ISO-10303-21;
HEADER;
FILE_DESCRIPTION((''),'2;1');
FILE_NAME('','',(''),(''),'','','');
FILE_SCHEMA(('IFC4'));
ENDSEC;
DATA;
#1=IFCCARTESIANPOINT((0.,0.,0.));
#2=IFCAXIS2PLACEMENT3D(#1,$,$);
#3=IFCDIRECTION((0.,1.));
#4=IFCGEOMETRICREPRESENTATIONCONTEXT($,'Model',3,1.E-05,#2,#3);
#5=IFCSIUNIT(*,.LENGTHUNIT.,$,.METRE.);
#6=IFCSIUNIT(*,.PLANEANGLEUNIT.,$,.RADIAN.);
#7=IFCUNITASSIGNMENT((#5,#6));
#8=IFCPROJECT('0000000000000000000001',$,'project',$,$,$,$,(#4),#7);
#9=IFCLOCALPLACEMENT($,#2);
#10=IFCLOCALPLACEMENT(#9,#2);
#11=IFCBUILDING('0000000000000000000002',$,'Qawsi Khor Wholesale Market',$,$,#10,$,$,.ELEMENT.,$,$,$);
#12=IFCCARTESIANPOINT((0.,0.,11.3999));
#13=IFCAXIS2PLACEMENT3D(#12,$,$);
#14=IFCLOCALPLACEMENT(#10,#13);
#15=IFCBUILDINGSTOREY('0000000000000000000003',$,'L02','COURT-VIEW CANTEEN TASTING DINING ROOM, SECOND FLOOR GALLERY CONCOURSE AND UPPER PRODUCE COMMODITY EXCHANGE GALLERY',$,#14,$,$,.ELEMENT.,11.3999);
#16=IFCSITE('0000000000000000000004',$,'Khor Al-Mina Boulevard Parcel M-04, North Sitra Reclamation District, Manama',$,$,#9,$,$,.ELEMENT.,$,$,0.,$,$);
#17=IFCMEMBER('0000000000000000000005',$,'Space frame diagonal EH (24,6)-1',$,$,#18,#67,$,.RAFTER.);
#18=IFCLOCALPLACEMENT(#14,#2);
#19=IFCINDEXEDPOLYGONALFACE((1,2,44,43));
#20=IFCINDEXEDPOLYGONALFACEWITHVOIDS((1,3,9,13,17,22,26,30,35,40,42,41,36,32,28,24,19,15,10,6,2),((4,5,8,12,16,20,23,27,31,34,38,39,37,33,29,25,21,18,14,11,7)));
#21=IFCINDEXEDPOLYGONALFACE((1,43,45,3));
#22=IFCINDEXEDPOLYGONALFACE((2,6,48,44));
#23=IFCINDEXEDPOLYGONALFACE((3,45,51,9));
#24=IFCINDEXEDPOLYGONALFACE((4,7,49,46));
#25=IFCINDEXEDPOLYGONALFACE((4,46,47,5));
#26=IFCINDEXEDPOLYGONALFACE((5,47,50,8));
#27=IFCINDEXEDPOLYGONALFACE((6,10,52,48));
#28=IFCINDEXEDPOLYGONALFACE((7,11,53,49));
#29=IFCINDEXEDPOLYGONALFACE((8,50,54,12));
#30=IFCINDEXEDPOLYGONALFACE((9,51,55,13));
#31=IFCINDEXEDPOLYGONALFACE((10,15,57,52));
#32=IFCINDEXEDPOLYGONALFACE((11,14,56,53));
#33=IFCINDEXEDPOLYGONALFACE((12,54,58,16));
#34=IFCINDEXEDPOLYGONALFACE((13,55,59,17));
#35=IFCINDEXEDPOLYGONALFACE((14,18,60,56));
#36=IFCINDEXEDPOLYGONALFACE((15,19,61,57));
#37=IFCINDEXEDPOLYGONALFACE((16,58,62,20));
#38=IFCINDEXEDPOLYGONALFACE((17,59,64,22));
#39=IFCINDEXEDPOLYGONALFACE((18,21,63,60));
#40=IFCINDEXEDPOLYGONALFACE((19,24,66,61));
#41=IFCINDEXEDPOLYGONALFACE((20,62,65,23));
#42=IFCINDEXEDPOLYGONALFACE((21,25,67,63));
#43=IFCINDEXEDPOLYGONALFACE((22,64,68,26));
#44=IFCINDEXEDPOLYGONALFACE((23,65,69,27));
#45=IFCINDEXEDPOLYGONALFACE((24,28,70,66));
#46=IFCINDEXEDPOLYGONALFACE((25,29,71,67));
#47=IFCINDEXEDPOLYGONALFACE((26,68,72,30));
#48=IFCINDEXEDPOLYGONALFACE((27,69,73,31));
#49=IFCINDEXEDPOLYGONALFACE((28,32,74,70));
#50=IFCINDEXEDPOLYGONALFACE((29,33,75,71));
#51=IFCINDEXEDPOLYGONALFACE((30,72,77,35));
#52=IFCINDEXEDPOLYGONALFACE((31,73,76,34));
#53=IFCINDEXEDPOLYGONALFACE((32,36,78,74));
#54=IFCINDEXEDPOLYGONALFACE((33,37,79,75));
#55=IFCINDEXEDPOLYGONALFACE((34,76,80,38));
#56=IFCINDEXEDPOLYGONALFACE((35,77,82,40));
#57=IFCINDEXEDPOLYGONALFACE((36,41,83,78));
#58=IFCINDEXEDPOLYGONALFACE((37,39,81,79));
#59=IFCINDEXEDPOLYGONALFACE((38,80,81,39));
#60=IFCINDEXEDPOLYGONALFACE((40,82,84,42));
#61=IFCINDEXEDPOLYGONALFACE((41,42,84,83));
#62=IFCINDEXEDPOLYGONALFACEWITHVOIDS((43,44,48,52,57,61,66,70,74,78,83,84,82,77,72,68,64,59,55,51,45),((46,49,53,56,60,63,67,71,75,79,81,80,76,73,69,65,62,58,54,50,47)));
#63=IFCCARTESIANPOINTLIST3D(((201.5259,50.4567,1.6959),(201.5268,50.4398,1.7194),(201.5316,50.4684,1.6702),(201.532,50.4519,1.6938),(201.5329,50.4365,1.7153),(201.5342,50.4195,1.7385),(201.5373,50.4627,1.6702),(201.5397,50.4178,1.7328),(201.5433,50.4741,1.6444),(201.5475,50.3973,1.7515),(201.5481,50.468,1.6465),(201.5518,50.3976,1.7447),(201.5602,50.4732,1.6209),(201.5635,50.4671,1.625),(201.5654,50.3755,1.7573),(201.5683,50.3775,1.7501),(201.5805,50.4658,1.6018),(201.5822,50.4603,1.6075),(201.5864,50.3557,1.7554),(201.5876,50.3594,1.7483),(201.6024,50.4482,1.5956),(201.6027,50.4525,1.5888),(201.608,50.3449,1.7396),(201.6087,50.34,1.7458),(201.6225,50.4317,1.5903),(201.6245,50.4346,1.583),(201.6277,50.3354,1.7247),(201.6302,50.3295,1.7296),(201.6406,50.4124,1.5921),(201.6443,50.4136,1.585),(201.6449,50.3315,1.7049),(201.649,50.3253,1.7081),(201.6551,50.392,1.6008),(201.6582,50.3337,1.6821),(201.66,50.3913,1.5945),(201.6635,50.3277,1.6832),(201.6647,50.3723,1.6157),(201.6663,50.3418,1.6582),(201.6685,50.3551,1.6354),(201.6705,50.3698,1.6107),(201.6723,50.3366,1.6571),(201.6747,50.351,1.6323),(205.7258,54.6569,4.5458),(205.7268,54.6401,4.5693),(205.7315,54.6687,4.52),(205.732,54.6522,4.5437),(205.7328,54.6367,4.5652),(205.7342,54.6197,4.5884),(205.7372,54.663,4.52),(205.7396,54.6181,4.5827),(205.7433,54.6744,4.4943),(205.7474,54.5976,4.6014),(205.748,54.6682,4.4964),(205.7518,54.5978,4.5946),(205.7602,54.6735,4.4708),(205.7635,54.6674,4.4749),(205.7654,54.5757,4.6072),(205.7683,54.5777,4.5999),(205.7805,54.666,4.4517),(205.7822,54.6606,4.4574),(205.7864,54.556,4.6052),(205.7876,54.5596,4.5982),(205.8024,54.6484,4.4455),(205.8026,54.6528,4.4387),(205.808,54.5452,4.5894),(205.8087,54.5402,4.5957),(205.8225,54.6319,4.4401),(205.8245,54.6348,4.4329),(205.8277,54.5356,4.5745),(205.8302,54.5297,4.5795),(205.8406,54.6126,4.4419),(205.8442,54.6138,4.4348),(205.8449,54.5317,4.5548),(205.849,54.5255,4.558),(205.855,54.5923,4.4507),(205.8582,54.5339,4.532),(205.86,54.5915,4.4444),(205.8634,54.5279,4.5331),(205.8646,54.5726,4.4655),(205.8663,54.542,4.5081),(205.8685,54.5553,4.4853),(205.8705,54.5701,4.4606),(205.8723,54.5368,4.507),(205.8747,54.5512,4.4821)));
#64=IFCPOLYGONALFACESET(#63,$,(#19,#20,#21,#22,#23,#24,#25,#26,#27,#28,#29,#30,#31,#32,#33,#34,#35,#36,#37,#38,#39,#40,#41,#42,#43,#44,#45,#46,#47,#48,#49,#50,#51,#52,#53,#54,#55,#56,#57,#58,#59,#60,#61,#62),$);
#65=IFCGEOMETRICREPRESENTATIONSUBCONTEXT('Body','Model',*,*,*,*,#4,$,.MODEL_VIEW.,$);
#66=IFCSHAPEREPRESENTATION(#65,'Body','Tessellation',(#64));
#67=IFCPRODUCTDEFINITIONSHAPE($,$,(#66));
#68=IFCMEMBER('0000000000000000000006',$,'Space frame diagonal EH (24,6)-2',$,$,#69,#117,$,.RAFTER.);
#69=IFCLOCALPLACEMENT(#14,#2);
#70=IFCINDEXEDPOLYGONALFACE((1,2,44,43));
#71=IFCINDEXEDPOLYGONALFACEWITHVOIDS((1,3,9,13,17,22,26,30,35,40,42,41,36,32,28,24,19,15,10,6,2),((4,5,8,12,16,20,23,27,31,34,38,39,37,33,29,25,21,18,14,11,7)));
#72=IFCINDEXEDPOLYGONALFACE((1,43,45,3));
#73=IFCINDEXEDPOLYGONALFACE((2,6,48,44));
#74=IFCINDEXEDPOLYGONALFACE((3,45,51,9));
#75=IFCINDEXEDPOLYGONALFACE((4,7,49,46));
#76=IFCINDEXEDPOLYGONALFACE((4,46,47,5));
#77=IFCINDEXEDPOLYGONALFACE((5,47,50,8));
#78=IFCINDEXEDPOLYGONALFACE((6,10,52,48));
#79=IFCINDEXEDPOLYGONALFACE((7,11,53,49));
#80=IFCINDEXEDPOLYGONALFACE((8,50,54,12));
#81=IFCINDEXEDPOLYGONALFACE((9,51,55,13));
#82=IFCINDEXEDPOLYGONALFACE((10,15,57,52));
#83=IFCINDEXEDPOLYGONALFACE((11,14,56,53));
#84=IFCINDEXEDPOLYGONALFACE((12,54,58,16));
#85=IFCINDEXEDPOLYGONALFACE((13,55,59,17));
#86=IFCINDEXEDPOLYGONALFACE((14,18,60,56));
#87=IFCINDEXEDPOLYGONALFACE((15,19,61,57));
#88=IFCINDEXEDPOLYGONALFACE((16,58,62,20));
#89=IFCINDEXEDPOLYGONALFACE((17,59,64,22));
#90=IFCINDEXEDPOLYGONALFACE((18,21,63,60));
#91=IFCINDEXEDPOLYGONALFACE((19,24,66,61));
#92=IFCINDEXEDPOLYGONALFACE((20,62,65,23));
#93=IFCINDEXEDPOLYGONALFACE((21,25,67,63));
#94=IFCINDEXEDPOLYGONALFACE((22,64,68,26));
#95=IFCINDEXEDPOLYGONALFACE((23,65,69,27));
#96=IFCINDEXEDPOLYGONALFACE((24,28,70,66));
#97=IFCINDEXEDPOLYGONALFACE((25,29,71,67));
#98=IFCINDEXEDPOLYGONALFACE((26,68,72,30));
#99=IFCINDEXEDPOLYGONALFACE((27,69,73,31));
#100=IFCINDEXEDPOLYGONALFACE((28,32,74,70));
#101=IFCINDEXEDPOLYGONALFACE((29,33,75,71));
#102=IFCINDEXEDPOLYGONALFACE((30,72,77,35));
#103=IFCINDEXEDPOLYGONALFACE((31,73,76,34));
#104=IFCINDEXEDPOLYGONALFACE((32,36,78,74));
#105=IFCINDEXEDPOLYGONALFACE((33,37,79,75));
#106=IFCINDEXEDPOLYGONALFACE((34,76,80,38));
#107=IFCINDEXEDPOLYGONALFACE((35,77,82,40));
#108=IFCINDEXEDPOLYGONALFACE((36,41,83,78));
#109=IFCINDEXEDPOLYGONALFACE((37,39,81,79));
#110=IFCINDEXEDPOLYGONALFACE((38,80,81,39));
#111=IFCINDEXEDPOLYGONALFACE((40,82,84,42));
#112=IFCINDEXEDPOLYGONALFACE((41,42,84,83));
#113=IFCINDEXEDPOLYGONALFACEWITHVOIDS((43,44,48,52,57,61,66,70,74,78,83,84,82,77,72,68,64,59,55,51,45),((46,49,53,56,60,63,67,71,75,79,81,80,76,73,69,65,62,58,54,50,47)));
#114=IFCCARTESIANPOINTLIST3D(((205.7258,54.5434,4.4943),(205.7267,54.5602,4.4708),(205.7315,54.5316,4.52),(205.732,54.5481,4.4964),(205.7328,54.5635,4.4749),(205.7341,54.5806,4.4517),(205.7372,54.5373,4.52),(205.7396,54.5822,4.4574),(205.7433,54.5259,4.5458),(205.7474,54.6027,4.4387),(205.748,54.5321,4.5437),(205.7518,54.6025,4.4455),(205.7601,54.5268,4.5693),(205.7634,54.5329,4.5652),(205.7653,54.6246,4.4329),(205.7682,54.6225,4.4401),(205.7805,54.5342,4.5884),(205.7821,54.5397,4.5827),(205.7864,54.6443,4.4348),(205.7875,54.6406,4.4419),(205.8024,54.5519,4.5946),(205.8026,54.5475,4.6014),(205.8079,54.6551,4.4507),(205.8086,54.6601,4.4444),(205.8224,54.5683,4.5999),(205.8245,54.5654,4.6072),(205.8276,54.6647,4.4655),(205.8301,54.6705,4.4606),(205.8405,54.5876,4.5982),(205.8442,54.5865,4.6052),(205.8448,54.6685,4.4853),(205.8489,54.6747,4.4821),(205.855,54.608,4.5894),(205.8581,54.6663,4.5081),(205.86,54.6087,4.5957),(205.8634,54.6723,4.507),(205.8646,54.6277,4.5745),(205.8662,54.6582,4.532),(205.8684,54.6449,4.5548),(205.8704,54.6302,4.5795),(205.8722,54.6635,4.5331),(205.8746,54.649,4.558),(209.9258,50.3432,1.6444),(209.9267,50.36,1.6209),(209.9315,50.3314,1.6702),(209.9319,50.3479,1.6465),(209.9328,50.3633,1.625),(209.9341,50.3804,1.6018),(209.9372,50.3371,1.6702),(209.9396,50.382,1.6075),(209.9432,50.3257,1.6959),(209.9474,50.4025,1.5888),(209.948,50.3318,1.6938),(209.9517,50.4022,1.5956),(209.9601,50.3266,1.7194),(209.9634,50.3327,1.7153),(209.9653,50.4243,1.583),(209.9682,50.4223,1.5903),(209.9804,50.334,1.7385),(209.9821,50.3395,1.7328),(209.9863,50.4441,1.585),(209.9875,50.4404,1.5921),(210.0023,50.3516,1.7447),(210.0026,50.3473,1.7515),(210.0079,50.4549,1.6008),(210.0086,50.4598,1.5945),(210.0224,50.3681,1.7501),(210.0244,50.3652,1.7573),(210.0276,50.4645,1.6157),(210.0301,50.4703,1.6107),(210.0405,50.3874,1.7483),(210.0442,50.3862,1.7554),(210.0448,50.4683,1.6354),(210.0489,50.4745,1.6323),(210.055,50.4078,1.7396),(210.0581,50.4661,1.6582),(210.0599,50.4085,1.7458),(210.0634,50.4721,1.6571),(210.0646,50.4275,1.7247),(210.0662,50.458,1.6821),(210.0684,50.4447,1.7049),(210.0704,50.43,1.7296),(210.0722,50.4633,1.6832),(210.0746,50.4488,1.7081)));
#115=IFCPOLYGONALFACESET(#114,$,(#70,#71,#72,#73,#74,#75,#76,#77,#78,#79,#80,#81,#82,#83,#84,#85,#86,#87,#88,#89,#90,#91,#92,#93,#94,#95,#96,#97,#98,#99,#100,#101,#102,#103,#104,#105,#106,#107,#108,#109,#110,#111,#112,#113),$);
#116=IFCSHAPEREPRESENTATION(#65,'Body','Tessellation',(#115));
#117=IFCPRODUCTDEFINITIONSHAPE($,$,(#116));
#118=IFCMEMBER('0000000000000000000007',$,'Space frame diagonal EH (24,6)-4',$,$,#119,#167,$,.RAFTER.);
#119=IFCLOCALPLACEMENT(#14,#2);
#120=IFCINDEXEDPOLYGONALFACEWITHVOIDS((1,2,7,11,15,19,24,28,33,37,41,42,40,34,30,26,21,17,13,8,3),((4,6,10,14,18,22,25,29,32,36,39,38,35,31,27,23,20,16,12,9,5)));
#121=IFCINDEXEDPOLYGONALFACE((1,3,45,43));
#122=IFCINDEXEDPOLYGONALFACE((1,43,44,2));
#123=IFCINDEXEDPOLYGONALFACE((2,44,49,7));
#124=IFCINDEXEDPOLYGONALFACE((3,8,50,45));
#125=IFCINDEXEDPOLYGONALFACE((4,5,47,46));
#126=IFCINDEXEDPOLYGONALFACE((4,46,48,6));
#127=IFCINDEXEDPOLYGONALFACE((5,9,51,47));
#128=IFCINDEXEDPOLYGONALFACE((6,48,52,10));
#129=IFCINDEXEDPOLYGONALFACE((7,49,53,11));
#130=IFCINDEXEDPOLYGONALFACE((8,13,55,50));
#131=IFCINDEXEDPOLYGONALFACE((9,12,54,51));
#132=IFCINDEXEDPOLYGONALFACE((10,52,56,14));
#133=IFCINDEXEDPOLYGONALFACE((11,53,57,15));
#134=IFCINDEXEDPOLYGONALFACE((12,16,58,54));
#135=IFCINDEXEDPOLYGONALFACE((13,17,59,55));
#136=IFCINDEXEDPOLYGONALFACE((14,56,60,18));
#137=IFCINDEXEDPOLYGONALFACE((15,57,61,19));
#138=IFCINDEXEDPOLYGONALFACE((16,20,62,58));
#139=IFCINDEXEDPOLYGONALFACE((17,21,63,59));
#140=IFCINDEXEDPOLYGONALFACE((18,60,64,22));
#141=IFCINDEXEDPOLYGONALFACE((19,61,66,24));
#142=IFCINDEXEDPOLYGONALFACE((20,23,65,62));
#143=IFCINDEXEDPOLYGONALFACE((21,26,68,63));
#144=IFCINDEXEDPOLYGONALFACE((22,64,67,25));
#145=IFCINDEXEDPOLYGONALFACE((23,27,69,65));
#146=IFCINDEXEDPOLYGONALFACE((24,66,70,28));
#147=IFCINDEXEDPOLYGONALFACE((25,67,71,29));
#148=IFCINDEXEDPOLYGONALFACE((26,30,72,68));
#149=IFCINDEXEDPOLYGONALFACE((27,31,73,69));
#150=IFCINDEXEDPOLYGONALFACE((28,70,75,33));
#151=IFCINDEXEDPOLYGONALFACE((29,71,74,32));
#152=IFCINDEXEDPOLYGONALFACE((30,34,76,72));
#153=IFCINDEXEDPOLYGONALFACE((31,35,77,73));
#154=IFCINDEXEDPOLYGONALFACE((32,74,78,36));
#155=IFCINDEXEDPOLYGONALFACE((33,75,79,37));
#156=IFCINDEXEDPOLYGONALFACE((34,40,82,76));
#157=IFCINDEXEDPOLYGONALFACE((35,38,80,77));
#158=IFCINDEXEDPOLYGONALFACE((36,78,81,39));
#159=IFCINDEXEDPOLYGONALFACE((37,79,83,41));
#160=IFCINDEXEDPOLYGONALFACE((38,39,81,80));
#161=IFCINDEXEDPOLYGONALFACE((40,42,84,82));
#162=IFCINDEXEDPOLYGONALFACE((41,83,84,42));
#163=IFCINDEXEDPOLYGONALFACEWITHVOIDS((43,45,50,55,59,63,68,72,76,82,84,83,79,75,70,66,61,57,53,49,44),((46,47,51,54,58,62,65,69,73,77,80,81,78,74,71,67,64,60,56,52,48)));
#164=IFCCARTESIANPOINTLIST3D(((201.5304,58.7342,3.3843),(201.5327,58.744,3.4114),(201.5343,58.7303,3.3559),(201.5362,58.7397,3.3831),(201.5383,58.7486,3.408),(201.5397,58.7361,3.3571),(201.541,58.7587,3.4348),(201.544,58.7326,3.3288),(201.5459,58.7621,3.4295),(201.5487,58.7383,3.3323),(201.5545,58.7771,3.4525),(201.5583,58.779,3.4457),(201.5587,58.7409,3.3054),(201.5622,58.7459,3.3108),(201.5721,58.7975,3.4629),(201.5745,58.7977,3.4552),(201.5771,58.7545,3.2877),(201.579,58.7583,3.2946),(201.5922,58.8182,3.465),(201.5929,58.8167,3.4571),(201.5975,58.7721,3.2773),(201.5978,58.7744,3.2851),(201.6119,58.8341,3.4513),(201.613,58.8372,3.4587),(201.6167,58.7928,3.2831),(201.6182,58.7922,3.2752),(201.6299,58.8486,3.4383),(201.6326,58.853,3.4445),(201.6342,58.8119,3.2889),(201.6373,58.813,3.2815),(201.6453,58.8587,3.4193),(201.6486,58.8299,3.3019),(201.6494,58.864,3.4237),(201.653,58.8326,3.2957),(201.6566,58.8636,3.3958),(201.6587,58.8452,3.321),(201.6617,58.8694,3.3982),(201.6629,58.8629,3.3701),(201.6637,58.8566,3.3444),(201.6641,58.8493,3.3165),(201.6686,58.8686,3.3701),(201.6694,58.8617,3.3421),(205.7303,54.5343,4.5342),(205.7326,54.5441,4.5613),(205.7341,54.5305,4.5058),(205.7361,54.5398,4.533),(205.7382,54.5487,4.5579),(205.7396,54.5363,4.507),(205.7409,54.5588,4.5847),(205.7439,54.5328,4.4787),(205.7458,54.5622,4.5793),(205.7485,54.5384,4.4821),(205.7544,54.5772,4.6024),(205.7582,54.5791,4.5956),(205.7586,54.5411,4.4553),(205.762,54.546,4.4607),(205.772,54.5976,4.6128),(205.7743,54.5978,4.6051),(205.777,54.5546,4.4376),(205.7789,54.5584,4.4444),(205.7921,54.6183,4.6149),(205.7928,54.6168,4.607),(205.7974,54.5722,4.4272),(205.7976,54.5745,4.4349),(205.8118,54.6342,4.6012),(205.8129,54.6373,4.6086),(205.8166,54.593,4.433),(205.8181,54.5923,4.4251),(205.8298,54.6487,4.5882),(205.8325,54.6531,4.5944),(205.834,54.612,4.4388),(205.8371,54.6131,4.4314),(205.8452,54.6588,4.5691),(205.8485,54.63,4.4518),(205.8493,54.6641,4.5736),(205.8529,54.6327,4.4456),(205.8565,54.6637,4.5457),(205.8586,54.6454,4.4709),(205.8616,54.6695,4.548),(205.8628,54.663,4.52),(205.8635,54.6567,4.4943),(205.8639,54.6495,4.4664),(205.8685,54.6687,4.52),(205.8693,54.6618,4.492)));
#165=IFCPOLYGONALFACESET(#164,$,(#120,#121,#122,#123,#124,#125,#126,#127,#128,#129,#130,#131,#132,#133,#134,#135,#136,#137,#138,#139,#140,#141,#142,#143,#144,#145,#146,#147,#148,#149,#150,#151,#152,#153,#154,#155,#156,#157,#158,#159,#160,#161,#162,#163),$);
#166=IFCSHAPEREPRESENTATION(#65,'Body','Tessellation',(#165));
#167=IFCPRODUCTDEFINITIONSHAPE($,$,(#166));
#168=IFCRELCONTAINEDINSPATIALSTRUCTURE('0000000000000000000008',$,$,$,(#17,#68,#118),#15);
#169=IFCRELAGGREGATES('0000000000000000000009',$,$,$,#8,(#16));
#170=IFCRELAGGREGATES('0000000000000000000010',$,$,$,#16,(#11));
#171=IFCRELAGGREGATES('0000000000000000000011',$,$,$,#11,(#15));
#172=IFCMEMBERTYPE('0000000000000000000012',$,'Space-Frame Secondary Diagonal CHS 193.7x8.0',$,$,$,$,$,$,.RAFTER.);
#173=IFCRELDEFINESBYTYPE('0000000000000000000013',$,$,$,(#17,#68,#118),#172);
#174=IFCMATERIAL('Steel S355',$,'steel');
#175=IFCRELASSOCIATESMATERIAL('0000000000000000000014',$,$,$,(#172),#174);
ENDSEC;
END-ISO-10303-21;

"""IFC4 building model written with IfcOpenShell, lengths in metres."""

from ifc_helpers import new_model, si_unit, direction, frame, origin, origin_2d, place, context, subcontext, project, spatial, hollow_circle, extrude, material, material_profile, profile_set, type_object, element, save


model = new_model("IFC4")

# Units and contexts
model_context = context("Model", 3, precision=1e-05, world=origin(), true_north=direction((0.0, 1.0)))
body_context = subcontext(model_context, "Body", "Model", "MODEL_VIEW")
ifc_project = project(units=[si_unit("LENGTHUNIT", "METRE"), si_unit("PLANEANGLEUNIT", "RADIAN")], contexts=[model_context])

# Site, building, storey
site_placement = place(None, origin())
site = spatial("IfcSite", under=ifc_project, at=site_placement, Name="Khor Al-Mina Boulevard Parcel M-04, North Sitra Reclamation District, Manama", CompositionType="ELEMENT", RefElevation=0.0)
building_placement = place(site_placement, origin())
building = spatial("IfcBuilding", under=site, at=building_placement, Name="Qawsi Khor Wholesale Market", CompositionType="ELEMENT")
storey_placement = place(building_placement, frame((0.0, 0.0, 11.3999)))
storey = spatial("IfcBuildingStorey", under=building, at=storey_placement, Name="L02", Description="COURT-VIEW CANTEEN TASTING DINING ROOM, SECOND FLOOR GALLERY CONCOURSE AND UPPER PRODUCE COMMODITY EXCHANGE GALLERY", CompositionType="ELEMENT", Elevation=11.3999)

# Members
ifc_material_1 = material(Name="Steel S355", Category="steel")
ifc_material_profile_1 = material_profile(ifc_material_1, hollow_circle(Radius=0.0969, WallThickness=0.0081, at=origin_2d()), Name="CHS 193.7x8.0")
ifc_profile_set_1 = profile_set([ifc_material_profile_1], Name="Steel S355")
member_type_1 = type_object("IfcMemberType", Name="Space-Frame Secondary Diagonal CHS 193.7x8.0", PredefinedType="RAFTER", material=ifc_profile_set_1)
for number, where, z_axis, x_axis, name in (
    (1, (201.6001, 50.3999, 1.6702), (0.637507, 0.637544, 0.432577), (-0.707127, 0.707086, 0.0), "Space frame diagonal EH (24,6)-1"),
    (2, (210.0, 50.3999, 1.6702), (-0.637507, 0.637544, 0.432577), (-0.707127, -0.707086, 0.0), "Space frame diagonal EH (24,6)-2"),
):
    element("IfcMember", number, at=place(storey_placement, frame(where, z_axis=z_axis, x_axis=x_axis)), inside=storey, type_object=member_type_1, Name=name, PredefinedType="RAFTER", context=body_context, shape_type="SweptSolid", body=[
        extrude(hollow_circle(Radius=0.0969, WallThickness=0.0081, at=origin_2d()), origin(), (0.0, 0.0, 1.0), 6.5881),
    ])
member_1_placement = place(storey_placement, frame((201.6001, 58.8, 3.3701), z_axis=(0.694217, -0.694217, 0.190069), x_axis=(0.707107, 0.707107, 0.0)))
element("IfcMember", 3, at=member_1_placement, inside=storey, type_object=member_type_1, Name="Space frame diagonal EH (24,6)-4", PredefinedType="RAFTER", context=body_context, shape_type="SweptSolid", body=[
    extrude(hollow_circle(Radius=0.0969, WallThickness=0.0081, at=origin_2d()), origin(), (0.0, 0.0, 1.0), 6.0498),
])

save(model, "model.ifc")
